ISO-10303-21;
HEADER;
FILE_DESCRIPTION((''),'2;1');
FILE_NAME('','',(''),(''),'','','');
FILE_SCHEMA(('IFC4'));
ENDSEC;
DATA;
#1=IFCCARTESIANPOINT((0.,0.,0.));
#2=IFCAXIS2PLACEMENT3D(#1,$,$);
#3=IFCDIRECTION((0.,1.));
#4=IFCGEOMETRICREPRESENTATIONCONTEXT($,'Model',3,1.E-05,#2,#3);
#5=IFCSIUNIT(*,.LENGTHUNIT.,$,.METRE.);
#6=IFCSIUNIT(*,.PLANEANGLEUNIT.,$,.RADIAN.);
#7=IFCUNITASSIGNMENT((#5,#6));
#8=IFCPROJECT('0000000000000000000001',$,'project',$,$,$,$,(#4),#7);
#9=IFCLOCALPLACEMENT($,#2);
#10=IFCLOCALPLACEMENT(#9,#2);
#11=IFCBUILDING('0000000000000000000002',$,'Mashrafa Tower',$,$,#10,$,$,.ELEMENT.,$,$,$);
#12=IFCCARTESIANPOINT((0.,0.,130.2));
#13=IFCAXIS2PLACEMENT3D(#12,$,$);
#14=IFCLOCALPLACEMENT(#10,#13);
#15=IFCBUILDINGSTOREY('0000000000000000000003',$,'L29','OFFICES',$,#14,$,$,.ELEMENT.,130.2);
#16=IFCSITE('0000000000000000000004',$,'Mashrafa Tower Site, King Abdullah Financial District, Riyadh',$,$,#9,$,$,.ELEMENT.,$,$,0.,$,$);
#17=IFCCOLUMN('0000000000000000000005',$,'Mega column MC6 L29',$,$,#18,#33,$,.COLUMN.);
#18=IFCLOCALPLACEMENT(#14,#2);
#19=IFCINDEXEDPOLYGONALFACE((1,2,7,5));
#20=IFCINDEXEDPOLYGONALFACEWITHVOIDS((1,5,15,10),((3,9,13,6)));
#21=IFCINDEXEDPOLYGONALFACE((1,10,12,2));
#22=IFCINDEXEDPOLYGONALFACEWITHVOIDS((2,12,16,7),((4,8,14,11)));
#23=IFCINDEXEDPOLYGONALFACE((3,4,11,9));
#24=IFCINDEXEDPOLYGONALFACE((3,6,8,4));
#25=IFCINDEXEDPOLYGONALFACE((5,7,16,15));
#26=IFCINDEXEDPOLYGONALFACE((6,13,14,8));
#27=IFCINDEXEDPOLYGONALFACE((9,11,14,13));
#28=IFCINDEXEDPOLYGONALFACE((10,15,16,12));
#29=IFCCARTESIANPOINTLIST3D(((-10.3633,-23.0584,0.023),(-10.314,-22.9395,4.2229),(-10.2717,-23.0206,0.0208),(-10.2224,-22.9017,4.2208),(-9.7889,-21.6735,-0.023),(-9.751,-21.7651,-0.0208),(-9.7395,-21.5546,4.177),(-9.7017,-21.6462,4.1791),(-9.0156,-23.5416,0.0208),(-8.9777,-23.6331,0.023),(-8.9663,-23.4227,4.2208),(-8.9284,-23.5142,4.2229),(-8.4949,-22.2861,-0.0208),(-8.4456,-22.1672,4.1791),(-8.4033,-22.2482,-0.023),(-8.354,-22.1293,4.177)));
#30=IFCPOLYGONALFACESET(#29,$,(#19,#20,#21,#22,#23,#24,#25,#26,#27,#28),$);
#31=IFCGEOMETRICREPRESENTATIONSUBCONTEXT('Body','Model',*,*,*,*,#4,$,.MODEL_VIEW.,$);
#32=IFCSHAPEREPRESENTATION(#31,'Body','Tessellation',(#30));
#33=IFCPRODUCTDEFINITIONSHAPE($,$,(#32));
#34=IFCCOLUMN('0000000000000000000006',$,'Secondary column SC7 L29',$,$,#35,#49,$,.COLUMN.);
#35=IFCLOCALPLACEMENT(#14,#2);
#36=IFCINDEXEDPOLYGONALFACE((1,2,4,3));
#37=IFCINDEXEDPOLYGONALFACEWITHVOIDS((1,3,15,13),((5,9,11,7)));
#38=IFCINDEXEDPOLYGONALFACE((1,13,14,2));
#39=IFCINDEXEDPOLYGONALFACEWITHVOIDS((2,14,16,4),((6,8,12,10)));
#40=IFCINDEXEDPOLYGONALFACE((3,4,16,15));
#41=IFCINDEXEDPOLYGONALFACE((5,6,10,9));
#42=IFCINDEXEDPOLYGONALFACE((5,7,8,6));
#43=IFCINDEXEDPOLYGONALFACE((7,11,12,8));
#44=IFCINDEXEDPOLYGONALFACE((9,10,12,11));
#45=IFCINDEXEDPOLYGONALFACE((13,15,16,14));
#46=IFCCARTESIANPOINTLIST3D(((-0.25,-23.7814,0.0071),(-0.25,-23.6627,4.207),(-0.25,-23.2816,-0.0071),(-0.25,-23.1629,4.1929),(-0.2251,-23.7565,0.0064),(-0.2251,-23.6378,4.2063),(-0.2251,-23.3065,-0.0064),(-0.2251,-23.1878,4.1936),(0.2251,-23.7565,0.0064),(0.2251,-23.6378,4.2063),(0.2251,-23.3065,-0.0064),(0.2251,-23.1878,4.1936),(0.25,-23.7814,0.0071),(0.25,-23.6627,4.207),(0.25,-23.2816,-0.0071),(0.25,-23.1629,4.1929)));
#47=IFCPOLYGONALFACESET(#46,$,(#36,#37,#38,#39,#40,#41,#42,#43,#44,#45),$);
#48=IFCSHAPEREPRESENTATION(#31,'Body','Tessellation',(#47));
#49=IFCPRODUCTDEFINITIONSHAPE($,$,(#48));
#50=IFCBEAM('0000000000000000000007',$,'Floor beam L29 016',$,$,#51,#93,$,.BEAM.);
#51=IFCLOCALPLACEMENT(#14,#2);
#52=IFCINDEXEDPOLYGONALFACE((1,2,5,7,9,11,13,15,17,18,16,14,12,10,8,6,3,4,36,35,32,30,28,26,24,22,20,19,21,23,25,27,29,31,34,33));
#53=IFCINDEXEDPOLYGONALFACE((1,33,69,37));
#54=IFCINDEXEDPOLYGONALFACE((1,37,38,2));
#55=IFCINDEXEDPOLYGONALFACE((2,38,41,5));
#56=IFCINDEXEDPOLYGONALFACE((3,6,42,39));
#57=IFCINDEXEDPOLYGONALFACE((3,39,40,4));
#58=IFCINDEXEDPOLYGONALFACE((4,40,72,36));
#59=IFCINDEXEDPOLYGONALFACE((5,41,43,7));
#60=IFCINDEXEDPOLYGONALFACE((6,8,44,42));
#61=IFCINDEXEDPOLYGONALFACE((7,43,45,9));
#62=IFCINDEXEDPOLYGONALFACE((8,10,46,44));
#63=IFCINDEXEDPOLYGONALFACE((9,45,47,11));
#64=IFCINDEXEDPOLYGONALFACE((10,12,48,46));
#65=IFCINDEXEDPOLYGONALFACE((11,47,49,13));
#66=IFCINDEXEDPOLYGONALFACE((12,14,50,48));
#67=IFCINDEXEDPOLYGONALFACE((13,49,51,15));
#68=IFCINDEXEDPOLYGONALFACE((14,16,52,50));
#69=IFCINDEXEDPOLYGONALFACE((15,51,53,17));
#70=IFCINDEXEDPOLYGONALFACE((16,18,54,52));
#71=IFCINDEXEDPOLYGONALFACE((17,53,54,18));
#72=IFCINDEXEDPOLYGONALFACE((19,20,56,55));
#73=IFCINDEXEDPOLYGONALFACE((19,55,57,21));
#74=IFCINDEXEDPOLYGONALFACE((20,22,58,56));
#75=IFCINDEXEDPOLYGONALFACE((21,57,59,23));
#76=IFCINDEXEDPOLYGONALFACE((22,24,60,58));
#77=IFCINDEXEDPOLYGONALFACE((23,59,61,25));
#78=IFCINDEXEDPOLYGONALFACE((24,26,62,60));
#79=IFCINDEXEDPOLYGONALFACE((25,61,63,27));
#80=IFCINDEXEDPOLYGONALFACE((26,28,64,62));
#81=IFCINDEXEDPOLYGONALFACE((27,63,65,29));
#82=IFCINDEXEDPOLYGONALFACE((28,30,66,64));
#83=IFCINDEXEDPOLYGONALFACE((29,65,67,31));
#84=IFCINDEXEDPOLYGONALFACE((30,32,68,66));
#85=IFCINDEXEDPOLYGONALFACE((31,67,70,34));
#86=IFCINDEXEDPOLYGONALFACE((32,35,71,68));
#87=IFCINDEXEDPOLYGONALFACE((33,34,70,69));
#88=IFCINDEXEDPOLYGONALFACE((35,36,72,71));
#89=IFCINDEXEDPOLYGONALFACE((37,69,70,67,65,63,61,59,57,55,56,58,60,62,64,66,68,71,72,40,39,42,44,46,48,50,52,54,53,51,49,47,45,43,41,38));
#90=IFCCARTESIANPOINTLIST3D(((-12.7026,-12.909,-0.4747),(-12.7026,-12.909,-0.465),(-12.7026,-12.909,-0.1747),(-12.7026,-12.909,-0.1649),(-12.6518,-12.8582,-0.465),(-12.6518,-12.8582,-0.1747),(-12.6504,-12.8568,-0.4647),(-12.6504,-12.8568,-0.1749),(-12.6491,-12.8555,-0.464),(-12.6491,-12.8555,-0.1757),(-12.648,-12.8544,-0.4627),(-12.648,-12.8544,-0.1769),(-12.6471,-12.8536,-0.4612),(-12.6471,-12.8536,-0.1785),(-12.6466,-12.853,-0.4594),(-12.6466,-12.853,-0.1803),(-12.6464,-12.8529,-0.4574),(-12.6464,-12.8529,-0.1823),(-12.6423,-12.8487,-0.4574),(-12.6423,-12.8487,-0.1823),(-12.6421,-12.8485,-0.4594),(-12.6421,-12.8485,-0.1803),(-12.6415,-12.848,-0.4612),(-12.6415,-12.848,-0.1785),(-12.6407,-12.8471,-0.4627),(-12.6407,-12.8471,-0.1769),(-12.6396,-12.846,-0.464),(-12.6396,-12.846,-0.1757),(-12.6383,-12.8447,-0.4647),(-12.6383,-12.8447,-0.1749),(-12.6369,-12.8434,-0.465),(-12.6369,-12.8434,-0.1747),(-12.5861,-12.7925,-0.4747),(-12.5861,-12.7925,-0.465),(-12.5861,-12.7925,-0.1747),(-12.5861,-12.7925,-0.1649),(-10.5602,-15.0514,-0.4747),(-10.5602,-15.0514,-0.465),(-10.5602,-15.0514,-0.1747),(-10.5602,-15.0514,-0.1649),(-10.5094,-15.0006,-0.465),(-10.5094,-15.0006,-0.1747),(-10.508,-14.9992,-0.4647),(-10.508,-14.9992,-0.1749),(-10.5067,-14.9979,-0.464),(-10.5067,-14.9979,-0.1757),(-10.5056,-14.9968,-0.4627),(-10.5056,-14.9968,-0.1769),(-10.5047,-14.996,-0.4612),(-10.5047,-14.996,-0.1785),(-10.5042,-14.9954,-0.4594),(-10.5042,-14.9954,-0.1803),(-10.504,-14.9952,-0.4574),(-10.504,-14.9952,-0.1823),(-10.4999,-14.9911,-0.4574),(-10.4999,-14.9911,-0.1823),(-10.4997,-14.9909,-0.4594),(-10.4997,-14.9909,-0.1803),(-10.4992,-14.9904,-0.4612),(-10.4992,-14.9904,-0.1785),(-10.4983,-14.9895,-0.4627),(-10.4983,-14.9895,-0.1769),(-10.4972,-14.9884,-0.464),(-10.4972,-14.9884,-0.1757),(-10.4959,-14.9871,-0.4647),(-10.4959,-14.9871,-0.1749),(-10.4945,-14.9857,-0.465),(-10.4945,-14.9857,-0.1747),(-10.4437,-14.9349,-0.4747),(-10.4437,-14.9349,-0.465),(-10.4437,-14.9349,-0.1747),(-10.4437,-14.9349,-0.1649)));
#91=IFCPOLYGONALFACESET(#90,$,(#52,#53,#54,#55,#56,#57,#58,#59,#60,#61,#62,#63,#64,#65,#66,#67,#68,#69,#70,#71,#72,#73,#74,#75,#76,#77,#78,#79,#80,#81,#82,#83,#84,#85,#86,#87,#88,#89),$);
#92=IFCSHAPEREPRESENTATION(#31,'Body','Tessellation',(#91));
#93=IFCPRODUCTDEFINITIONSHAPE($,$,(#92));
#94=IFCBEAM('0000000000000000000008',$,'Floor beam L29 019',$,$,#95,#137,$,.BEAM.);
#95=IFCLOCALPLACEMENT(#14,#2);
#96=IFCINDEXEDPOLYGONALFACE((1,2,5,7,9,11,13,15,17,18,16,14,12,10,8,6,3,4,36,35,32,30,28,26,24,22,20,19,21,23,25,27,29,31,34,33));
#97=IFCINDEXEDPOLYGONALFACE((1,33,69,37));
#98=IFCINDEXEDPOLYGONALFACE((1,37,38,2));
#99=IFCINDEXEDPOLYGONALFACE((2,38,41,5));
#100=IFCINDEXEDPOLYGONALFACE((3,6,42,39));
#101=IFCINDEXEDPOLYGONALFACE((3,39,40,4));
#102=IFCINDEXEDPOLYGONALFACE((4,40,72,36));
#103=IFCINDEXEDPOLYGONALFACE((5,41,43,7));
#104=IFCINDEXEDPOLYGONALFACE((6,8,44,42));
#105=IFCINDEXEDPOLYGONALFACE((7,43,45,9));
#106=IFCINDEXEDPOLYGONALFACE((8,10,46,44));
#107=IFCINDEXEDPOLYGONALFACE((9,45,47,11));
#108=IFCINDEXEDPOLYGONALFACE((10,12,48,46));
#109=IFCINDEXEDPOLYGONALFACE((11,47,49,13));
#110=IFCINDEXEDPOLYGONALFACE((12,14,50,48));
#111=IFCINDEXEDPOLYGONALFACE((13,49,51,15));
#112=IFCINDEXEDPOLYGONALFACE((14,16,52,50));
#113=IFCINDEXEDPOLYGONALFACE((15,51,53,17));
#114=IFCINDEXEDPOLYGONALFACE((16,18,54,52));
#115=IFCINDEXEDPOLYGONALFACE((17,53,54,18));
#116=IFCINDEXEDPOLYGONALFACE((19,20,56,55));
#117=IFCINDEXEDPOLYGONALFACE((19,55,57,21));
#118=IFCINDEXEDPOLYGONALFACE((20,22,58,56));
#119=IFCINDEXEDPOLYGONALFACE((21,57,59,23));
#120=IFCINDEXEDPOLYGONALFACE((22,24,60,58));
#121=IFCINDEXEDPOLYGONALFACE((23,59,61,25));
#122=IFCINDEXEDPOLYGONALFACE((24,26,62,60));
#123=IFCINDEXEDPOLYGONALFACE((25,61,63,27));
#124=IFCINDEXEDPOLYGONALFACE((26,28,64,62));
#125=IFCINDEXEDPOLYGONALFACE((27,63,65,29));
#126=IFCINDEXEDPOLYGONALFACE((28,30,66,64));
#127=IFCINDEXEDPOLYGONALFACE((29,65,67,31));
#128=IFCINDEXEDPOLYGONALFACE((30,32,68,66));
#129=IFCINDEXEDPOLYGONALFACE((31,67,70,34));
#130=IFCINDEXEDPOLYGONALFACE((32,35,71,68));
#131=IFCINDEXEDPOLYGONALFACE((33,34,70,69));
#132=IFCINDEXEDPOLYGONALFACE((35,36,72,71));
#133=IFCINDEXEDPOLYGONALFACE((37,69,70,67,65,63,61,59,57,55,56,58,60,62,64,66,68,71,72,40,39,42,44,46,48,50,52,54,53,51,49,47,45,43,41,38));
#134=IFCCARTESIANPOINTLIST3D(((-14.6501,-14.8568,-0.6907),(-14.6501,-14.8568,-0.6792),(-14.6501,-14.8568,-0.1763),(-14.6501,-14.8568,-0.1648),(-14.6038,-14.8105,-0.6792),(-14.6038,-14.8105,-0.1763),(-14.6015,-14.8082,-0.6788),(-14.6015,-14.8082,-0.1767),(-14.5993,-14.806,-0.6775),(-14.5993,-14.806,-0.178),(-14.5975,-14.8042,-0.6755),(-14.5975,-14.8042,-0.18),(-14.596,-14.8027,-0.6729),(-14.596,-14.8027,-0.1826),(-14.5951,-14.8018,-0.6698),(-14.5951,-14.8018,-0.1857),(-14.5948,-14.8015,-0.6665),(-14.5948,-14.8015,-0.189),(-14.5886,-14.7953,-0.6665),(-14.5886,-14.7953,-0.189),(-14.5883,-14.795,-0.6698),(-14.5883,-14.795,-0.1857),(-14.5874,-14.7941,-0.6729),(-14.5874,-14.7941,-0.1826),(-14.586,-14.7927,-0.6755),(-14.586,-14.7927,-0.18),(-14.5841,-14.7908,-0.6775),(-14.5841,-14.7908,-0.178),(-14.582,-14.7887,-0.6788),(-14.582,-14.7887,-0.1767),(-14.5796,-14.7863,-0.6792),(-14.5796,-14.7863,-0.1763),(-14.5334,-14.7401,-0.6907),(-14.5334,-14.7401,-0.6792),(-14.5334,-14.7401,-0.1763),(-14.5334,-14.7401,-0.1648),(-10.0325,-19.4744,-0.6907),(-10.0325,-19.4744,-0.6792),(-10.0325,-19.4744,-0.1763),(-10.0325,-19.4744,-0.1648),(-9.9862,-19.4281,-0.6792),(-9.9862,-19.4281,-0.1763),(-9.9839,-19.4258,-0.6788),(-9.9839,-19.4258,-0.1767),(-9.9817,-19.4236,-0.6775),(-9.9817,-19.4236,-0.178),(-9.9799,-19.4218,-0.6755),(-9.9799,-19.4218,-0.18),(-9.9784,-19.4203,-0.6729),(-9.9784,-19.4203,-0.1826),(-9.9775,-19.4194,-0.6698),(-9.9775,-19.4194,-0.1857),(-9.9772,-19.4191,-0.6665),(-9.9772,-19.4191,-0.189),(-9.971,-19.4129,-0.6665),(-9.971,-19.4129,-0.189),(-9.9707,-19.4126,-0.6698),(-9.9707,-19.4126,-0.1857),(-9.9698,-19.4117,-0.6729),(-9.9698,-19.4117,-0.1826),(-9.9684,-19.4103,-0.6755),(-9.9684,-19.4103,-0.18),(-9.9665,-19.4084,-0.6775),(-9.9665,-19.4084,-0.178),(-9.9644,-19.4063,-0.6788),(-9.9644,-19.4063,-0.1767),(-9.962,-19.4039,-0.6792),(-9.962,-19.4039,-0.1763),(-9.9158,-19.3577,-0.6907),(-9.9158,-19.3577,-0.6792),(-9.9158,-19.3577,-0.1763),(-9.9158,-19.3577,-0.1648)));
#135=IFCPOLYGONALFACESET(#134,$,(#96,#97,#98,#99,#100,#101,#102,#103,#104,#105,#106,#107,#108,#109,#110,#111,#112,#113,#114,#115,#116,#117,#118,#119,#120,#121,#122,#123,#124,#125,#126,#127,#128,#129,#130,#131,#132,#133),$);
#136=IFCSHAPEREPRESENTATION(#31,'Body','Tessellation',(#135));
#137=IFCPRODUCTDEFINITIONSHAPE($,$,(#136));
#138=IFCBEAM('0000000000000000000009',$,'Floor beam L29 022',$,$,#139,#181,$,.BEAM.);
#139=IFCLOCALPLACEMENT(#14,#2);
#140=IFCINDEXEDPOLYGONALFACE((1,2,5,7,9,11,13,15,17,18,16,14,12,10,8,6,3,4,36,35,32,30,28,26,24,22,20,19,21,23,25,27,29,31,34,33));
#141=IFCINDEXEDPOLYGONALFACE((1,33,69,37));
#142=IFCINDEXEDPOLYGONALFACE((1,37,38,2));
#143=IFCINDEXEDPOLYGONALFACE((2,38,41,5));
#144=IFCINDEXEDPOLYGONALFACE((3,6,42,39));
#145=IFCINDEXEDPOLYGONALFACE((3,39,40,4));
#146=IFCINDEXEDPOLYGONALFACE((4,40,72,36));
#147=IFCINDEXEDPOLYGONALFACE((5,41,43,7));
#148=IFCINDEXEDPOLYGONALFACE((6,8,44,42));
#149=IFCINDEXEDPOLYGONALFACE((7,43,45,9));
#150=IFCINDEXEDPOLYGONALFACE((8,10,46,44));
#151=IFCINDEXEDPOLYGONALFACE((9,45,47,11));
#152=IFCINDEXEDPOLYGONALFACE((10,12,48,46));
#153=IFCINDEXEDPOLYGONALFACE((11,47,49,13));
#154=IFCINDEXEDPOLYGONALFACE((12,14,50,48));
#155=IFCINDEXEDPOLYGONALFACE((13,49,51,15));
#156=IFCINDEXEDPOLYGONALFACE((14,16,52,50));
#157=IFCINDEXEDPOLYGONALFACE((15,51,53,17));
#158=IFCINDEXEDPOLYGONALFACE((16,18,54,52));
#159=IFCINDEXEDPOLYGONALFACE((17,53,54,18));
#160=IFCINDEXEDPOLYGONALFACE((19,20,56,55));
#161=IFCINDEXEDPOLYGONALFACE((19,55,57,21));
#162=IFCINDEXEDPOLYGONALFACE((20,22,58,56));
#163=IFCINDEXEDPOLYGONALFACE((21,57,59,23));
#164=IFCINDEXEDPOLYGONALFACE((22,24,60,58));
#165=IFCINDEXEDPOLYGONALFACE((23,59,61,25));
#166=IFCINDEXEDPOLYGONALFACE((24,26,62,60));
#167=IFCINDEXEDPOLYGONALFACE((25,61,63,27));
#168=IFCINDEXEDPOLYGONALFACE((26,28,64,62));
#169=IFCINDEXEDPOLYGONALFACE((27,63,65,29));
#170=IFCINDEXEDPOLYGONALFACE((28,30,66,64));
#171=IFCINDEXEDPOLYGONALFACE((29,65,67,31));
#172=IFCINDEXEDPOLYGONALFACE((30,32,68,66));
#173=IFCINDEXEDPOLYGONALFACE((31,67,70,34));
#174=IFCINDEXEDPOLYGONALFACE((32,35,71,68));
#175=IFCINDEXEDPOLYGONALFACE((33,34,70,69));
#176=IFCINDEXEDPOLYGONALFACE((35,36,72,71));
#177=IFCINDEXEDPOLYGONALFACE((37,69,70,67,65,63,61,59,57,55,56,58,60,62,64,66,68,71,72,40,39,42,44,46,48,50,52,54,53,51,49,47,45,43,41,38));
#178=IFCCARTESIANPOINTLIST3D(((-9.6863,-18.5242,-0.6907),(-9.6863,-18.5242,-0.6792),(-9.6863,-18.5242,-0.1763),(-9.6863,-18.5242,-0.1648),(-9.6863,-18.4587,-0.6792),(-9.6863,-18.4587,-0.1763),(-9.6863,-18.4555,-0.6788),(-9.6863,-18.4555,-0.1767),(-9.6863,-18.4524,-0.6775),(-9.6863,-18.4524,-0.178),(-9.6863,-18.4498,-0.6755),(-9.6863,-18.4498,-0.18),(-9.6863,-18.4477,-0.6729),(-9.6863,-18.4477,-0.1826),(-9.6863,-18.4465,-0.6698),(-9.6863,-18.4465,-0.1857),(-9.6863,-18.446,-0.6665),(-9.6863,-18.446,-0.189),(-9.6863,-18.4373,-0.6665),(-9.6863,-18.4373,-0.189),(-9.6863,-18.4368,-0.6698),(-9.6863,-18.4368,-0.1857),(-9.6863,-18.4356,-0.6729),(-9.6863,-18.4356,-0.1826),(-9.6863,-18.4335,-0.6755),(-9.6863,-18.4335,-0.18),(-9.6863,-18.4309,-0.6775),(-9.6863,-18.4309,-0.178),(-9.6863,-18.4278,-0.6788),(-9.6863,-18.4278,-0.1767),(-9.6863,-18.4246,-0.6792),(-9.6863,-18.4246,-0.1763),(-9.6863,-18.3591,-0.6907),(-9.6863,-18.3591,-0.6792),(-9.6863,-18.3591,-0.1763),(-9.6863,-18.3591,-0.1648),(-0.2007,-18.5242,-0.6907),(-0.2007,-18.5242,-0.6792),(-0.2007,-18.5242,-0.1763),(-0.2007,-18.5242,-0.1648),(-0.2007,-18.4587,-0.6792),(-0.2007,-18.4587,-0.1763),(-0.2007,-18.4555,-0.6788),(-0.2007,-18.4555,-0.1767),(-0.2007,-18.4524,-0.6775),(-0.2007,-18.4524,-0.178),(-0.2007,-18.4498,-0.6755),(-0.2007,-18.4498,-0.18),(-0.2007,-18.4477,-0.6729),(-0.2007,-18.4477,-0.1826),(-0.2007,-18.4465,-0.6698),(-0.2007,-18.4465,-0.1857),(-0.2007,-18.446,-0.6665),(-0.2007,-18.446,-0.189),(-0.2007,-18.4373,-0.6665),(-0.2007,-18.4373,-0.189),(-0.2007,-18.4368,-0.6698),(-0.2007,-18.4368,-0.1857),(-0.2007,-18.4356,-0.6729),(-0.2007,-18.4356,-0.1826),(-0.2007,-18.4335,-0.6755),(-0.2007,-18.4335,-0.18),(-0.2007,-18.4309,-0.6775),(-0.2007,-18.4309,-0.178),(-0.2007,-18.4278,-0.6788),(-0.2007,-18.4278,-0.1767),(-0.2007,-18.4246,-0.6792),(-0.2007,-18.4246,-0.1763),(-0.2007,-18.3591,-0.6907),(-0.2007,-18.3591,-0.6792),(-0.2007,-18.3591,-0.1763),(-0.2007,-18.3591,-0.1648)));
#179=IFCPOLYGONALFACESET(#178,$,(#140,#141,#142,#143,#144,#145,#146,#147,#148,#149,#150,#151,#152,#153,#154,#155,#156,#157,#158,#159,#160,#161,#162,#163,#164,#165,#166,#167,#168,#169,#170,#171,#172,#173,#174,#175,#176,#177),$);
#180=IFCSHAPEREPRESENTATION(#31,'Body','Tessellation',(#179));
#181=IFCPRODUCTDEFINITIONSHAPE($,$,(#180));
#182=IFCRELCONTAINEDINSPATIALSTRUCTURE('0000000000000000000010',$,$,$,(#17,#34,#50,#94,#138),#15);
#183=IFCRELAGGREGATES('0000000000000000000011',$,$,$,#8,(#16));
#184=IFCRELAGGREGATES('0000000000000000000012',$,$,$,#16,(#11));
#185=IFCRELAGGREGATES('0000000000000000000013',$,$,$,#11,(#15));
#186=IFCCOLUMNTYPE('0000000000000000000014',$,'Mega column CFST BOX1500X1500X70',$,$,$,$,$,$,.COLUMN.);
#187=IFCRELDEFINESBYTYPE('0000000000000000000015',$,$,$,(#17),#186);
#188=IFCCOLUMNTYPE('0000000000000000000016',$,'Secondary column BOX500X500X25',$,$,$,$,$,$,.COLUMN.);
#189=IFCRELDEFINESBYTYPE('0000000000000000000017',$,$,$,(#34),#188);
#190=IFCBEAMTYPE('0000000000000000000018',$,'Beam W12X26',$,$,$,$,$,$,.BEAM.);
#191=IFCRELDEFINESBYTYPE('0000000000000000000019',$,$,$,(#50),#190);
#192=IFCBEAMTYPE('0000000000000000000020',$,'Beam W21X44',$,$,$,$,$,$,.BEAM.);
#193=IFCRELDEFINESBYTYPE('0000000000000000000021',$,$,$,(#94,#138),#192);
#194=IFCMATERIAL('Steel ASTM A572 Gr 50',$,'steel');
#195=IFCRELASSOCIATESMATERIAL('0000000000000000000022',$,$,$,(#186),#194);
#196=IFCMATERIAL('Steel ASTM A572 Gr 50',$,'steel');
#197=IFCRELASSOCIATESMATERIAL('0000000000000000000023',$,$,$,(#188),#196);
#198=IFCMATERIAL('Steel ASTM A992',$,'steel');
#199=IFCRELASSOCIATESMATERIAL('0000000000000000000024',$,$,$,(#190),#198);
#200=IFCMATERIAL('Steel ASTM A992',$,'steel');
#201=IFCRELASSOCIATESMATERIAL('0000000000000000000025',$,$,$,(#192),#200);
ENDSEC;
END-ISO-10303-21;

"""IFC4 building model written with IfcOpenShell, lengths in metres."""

from ifc_helpers import new_model, si_unit, direction, frame, origin, origin_2d, place, context, subcontext, project, spatial, hollow_rectangle, i_section, extrude, material, material_profile, profile_set, type_object, element, save


model = new_model("IFC4")

# Units and contexts
model_context = context("Model", 3, precision=1e-05, world=origin(), true_north=direction((0.0, 1.0)))
body_context = subcontext(model_context, "Body", "Model", "MODEL_VIEW")
ifc_project = project(units=[si_unit("LENGTHUNIT", "METRE"), si_unit("PLANEANGLEUNIT", "RADIAN")], contexts=[model_context])

# Site, building, storey
site_placement = place(None, origin())
site = spatial("IfcSite", under=ifc_project, at=site_placement, Name="Mashrafa Tower Site, King Abdullah Financial District, Riyadh", CompositionType="ELEMENT", RefElevation=0.0)
building_placement = place(site_placement, origin())
building = spatial("IfcBuilding", under=site, at=building_placement, Name="Mashrafa Tower", CompositionType="ELEMENT")
storey_placement = place(building_placement, frame((0.0, 0.0, 130.2)))
storey = spatial("IfcBuildingStorey", under=building, at=storey_placement, Name="L29", Description="OFFICES", CompositionType="ELEMENT", Elevation=130.2)

# Columns
ifc_material_1 = material(Name="Steel ASTM A572 Gr 50", Category="steel")
ifc_material_profile_1 = material_profile(ifc_material_1, hollow_rectangle(XDim=1.5, YDim=1.5, WallThickness=0.0701, at=origin_2d()), Name="BOX1500X1500X70")
ifc_profile_set_1 = profile_set([ifc_material_profile_1], Name="Steel ASTM A572 Gr 50")
column_type_1 = type_object("IfcColumnType", Name="Mega column CFST BOX1500X1500X70", PredefinedType="COLUMN", material=ifc_profile_set_1)
column_1_placement = place(storey_placement, frame((-9.3833, -22.6533, 0.0), z_axis=(0.011737, 0.028296, 0.999531), x_axis=(-0.923693, 0.383133, 0.0)))
element("IfcColumn", 1, at=column_1_placement, inside=storey, type_object=column_type_1, Name="Mega column MC6 L29", PredefinedType="COLUMN", context=body_context, shape_type="SweptSolid", body=[
    extrude(hollow_rectangle(XDim=1.5, YDim=1.5, WallThickness=0.0701, at=origin_2d()), origin(), (0.0, 0.0, 1.0), 4.2019),
])
ifc_material_2 = material(Name="Steel ASTM A572 Gr 50", Category="steel")
ifc_material_profile_2 = material_profile(ifc_material_2, hollow_rectangle(XDim=0.5, YDim=0.5, WallThickness=0.0249, at=origin_2d()), Name="BOX500X500X25")
ifc_profile_set_2 = profile_set([ifc_material_profile_2], Name="Steel ASTM A572 Gr 50")
column_type_2 = type_object("IfcColumnType", Name="Secondary column BOX500X500X25", PredefinedType="COLUMN", material=ifc_profile_set_2)
column_2_placement = place(storey_placement, frame((0.0, -23.5315, 0.0), z_axis=(0.0, 0.02824, 0.999601), x_axis=(-1.0, 0.0, 0.0)))
element("IfcColumn", 2, at=column_2_placement, inside=storey, type_object=column_type_2, Name="Secondary column SC7 L29", PredefinedType="COLUMN", context=body_context, shape_type="SweptSolid", body=[
    extrude(hollow_rectangle(XDim=0.5, YDim=0.5, WallThickness=0.0249, at=origin_2d()), origin(), (0.0, 0.0, 1.0), 4.2017),
])

# Beams
ifc_material_3 = material(Name="Steel ASTM A992", Category="steel")
ifc_material_profile_3 = material_profile(ifc_material_3, i_section(OverallWidth=0.1648, OverallDepth=0.3098, WebThickness=0.0059, FlangeThickness=0.0098, FilletRadius=0.0076, at=origin_2d()), Name="W12X26")
ifc_profile_set_3 = profile_set([ifc_material_profile_3], Name="Steel ASTM A992")
beam_type_1 = type_object("IfcBeamType", Name="Beam W12X26", PredefinedType="BEAM", material=ifc_profile_set_3)
beam_1_placement = place(storey_placement, frame((-10.502, -14.9932, -0.3198), z_axis=(-0.707107, 0.707107, 0.0), x_axis=(-0.707107, -0.707107, 0.0)))
element("IfcBeam", 3, at=beam_1_placement, inside=storey, type_object=beam_type_1, Name="Floor beam L29 016", PredefinedType="BEAM", context=body_context, shape_type="SweptSolid", body=[
    extrude(i_section(OverallWidth=0.1648, OverallDepth=0.3098, WebThickness=0.0059, FlangeThickness=0.0098, FilletRadius=0.0076, at=origin_2d()), origin(), (0.0, 0.0, 1.0), 3.0298),
])
ifc_material_4 = material(Name="Steel ASTM A992", Category="steel")
ifc_material_profile_4 = material_profile(ifc_material_4, i_section(OverallWidth=0.165, OverallDepth=0.5259, WebThickness=0.0088, FlangeThickness=0.0115, FilletRadius=0.0127, at=origin_2d()), Name="W21X44")
ifc_profile_set_4 = profile_set([ifc_material_profile_4], Name="Steel ASTM A992")
beam_type_2 = type_object("IfcBeamType", Name="Beam W21X44", PredefinedType="BEAM", material=ifc_profile_set_4)
beam_2_placement = place(storey_placement, frame((-9.9741, -19.416, -0.4277), z_axis=(-0.707107, 0.707107, 0.0), x_axis=(-0.707107, -0.707107, 0.0)))
element("IfcBeam", 4, at=beam_2_placement, inside=storey, type_object=beam_type_2, Name="Floor beam L29 019", PredefinedType="BEAM", context=body_context, shape_type="SweptSolid", body=[
    extrude(i_section(OverallWidth=0.165, OverallDepth=0.5259, WebThickness=0.0088, FlangeThickness=0.0115, FilletRadius=0.0127, at=origin_2d()), origin(), (0.0, 0.0, 1.0), 6.5303),
])
beam_3_placement = place(storey_placement, frame((-0.2007, -18.4417, -0.4277), z_axis=(-1.0, 0.0, 0.0), x_axis=(0.0, -1.0, 0.0)))
element("IfcBeam", 5, at=beam_3_placement, inside=storey, type_object=beam_type_2, Name="Floor beam L29 022", PredefinedType="BEAM", context=body_context, shape_type="SweptSolid", body=[
    extrude(i_section(OverallWidth=0.165, OverallDepth=0.5259, WebThickness=0.0088, FlangeThickness=0.0115, FilletRadius=0.0127, at=origin_2d()), origin(), (0.0, 0.0, 1.0), 9.4856),
])

save(model, "model.ifc")
